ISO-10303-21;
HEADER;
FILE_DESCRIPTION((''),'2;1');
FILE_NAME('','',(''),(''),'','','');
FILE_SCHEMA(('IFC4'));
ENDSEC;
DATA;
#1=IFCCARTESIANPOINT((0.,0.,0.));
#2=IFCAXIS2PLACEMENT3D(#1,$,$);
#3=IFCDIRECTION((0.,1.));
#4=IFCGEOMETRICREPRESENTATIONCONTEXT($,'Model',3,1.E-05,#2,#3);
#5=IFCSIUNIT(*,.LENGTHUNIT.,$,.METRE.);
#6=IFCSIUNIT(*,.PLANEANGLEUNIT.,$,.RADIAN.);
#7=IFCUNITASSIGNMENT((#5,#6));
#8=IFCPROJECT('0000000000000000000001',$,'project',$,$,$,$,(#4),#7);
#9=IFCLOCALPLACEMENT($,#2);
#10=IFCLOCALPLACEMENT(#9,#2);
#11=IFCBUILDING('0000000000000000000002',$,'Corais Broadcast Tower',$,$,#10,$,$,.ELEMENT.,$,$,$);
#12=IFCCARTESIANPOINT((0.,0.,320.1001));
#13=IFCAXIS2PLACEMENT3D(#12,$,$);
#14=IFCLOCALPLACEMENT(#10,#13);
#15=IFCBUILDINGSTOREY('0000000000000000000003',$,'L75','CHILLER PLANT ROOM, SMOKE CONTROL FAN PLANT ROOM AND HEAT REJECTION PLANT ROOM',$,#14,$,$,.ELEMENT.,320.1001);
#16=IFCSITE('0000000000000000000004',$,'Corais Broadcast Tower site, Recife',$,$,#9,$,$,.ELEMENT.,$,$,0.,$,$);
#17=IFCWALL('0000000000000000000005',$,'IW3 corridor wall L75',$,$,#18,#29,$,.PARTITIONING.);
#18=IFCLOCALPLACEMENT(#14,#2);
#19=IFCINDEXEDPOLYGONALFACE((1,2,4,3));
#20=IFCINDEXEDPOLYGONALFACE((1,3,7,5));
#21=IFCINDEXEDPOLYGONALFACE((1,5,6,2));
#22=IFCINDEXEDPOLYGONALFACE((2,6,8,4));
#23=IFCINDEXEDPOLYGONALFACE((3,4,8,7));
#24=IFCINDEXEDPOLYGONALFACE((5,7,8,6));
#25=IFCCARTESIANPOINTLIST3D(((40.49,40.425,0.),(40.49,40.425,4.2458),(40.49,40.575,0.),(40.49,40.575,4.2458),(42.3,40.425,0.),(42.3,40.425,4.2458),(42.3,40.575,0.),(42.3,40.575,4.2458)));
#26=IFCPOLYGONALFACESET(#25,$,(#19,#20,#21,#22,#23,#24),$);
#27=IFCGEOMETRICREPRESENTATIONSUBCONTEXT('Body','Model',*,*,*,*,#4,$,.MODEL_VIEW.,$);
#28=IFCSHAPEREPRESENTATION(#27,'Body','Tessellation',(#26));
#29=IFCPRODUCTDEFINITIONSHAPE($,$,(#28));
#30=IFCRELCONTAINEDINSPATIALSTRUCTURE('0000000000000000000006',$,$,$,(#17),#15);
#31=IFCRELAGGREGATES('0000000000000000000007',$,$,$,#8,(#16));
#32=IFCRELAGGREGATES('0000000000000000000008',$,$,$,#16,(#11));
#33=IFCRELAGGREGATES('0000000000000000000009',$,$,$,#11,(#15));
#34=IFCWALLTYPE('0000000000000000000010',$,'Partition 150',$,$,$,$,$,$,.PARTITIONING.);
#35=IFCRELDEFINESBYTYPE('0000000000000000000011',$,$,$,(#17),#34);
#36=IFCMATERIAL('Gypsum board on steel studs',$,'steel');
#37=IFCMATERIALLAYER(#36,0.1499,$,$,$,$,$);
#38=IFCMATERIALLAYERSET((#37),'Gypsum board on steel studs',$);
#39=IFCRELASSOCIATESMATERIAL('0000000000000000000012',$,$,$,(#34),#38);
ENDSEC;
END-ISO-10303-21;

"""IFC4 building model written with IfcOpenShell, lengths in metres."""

from ifc_helpers import new_model, si_unit, direction, frame, frame_2d, origin, place, context, subcontext, project, spatial, rectangle, extrude, material, layer, layer_set, type_object, element, save


model = new_model("IFC4")

# Units and contexts
model_context = context("Model", 3, precision=1e-05, world=origin(), true_north=direction((0.0, 1.0)))
body_context = subcontext(model_context, "Body", "Model", "MODEL_VIEW")
ifc_project = project(units=[si_unit("LENGTHUNIT", "METRE"), si_unit("PLANEANGLEUNIT", "RADIAN")], contexts=[model_context])

# Site, building, storey
site_placement = place(None, origin())
site = spatial("IfcSite", under=ifc_project, at=site_placement, Name="Corais Broadcast Tower site, Recife", CompositionType="ELEMENT", RefElevation=0.0)
building_placement = place(site_placement, origin())
building = spatial("IfcBuilding", under=site, at=building_placement, Name="Corais Broadcast Tower", CompositionType="ELEMENT")
storey_placement = place(building_placement, frame((0.0, 0.0, 320.1001)))
storey = spatial("IfcBuildingStorey", under=building, at=storey_placement, Name="L75", Description="CHILLER PLANT ROOM, SMOKE CONTROL FAN PLANT ROOM AND HEAT REJECTION PLANT ROOM", CompositionType="ELEMENT", Elevation=320.1001)

# Wall
ifc_material_1 = material(Name="Gypsum board on steel studs", Category="steel")
ifc_layer = layer(ifc_material_1, 0.1499)
ifc_layer_set = layer_set([ifc_layer], Name="Gypsum board on steel studs")
wall_type = type_object("IfcWallType", Name="Partition 150", PredefinedType="PARTITIONING", material=ifc_layer_set)
wall_placement = place(storey_placement, frame((42.3, 40.5, 0.0), z_axis=(0.0, 0.0, 1.0), x_axis=(-1.0, 0.0, 0.0)))
element("IfcWall", 1, at=wall_placement, inside=storey, type_object=wall_type, Name="IW3 corridor wall L75", PredefinedType="PARTITIONING", context=body_context, shape_type="SweptSolid", body=[
    extrude(rectangle(XDim=1.8101, YDim=0.1499, at=frame_2d((0.905, 0.0))), origin(), (0.0, 0.0, 1.0), 4.2458),
])

save(model, "model.ifc")
